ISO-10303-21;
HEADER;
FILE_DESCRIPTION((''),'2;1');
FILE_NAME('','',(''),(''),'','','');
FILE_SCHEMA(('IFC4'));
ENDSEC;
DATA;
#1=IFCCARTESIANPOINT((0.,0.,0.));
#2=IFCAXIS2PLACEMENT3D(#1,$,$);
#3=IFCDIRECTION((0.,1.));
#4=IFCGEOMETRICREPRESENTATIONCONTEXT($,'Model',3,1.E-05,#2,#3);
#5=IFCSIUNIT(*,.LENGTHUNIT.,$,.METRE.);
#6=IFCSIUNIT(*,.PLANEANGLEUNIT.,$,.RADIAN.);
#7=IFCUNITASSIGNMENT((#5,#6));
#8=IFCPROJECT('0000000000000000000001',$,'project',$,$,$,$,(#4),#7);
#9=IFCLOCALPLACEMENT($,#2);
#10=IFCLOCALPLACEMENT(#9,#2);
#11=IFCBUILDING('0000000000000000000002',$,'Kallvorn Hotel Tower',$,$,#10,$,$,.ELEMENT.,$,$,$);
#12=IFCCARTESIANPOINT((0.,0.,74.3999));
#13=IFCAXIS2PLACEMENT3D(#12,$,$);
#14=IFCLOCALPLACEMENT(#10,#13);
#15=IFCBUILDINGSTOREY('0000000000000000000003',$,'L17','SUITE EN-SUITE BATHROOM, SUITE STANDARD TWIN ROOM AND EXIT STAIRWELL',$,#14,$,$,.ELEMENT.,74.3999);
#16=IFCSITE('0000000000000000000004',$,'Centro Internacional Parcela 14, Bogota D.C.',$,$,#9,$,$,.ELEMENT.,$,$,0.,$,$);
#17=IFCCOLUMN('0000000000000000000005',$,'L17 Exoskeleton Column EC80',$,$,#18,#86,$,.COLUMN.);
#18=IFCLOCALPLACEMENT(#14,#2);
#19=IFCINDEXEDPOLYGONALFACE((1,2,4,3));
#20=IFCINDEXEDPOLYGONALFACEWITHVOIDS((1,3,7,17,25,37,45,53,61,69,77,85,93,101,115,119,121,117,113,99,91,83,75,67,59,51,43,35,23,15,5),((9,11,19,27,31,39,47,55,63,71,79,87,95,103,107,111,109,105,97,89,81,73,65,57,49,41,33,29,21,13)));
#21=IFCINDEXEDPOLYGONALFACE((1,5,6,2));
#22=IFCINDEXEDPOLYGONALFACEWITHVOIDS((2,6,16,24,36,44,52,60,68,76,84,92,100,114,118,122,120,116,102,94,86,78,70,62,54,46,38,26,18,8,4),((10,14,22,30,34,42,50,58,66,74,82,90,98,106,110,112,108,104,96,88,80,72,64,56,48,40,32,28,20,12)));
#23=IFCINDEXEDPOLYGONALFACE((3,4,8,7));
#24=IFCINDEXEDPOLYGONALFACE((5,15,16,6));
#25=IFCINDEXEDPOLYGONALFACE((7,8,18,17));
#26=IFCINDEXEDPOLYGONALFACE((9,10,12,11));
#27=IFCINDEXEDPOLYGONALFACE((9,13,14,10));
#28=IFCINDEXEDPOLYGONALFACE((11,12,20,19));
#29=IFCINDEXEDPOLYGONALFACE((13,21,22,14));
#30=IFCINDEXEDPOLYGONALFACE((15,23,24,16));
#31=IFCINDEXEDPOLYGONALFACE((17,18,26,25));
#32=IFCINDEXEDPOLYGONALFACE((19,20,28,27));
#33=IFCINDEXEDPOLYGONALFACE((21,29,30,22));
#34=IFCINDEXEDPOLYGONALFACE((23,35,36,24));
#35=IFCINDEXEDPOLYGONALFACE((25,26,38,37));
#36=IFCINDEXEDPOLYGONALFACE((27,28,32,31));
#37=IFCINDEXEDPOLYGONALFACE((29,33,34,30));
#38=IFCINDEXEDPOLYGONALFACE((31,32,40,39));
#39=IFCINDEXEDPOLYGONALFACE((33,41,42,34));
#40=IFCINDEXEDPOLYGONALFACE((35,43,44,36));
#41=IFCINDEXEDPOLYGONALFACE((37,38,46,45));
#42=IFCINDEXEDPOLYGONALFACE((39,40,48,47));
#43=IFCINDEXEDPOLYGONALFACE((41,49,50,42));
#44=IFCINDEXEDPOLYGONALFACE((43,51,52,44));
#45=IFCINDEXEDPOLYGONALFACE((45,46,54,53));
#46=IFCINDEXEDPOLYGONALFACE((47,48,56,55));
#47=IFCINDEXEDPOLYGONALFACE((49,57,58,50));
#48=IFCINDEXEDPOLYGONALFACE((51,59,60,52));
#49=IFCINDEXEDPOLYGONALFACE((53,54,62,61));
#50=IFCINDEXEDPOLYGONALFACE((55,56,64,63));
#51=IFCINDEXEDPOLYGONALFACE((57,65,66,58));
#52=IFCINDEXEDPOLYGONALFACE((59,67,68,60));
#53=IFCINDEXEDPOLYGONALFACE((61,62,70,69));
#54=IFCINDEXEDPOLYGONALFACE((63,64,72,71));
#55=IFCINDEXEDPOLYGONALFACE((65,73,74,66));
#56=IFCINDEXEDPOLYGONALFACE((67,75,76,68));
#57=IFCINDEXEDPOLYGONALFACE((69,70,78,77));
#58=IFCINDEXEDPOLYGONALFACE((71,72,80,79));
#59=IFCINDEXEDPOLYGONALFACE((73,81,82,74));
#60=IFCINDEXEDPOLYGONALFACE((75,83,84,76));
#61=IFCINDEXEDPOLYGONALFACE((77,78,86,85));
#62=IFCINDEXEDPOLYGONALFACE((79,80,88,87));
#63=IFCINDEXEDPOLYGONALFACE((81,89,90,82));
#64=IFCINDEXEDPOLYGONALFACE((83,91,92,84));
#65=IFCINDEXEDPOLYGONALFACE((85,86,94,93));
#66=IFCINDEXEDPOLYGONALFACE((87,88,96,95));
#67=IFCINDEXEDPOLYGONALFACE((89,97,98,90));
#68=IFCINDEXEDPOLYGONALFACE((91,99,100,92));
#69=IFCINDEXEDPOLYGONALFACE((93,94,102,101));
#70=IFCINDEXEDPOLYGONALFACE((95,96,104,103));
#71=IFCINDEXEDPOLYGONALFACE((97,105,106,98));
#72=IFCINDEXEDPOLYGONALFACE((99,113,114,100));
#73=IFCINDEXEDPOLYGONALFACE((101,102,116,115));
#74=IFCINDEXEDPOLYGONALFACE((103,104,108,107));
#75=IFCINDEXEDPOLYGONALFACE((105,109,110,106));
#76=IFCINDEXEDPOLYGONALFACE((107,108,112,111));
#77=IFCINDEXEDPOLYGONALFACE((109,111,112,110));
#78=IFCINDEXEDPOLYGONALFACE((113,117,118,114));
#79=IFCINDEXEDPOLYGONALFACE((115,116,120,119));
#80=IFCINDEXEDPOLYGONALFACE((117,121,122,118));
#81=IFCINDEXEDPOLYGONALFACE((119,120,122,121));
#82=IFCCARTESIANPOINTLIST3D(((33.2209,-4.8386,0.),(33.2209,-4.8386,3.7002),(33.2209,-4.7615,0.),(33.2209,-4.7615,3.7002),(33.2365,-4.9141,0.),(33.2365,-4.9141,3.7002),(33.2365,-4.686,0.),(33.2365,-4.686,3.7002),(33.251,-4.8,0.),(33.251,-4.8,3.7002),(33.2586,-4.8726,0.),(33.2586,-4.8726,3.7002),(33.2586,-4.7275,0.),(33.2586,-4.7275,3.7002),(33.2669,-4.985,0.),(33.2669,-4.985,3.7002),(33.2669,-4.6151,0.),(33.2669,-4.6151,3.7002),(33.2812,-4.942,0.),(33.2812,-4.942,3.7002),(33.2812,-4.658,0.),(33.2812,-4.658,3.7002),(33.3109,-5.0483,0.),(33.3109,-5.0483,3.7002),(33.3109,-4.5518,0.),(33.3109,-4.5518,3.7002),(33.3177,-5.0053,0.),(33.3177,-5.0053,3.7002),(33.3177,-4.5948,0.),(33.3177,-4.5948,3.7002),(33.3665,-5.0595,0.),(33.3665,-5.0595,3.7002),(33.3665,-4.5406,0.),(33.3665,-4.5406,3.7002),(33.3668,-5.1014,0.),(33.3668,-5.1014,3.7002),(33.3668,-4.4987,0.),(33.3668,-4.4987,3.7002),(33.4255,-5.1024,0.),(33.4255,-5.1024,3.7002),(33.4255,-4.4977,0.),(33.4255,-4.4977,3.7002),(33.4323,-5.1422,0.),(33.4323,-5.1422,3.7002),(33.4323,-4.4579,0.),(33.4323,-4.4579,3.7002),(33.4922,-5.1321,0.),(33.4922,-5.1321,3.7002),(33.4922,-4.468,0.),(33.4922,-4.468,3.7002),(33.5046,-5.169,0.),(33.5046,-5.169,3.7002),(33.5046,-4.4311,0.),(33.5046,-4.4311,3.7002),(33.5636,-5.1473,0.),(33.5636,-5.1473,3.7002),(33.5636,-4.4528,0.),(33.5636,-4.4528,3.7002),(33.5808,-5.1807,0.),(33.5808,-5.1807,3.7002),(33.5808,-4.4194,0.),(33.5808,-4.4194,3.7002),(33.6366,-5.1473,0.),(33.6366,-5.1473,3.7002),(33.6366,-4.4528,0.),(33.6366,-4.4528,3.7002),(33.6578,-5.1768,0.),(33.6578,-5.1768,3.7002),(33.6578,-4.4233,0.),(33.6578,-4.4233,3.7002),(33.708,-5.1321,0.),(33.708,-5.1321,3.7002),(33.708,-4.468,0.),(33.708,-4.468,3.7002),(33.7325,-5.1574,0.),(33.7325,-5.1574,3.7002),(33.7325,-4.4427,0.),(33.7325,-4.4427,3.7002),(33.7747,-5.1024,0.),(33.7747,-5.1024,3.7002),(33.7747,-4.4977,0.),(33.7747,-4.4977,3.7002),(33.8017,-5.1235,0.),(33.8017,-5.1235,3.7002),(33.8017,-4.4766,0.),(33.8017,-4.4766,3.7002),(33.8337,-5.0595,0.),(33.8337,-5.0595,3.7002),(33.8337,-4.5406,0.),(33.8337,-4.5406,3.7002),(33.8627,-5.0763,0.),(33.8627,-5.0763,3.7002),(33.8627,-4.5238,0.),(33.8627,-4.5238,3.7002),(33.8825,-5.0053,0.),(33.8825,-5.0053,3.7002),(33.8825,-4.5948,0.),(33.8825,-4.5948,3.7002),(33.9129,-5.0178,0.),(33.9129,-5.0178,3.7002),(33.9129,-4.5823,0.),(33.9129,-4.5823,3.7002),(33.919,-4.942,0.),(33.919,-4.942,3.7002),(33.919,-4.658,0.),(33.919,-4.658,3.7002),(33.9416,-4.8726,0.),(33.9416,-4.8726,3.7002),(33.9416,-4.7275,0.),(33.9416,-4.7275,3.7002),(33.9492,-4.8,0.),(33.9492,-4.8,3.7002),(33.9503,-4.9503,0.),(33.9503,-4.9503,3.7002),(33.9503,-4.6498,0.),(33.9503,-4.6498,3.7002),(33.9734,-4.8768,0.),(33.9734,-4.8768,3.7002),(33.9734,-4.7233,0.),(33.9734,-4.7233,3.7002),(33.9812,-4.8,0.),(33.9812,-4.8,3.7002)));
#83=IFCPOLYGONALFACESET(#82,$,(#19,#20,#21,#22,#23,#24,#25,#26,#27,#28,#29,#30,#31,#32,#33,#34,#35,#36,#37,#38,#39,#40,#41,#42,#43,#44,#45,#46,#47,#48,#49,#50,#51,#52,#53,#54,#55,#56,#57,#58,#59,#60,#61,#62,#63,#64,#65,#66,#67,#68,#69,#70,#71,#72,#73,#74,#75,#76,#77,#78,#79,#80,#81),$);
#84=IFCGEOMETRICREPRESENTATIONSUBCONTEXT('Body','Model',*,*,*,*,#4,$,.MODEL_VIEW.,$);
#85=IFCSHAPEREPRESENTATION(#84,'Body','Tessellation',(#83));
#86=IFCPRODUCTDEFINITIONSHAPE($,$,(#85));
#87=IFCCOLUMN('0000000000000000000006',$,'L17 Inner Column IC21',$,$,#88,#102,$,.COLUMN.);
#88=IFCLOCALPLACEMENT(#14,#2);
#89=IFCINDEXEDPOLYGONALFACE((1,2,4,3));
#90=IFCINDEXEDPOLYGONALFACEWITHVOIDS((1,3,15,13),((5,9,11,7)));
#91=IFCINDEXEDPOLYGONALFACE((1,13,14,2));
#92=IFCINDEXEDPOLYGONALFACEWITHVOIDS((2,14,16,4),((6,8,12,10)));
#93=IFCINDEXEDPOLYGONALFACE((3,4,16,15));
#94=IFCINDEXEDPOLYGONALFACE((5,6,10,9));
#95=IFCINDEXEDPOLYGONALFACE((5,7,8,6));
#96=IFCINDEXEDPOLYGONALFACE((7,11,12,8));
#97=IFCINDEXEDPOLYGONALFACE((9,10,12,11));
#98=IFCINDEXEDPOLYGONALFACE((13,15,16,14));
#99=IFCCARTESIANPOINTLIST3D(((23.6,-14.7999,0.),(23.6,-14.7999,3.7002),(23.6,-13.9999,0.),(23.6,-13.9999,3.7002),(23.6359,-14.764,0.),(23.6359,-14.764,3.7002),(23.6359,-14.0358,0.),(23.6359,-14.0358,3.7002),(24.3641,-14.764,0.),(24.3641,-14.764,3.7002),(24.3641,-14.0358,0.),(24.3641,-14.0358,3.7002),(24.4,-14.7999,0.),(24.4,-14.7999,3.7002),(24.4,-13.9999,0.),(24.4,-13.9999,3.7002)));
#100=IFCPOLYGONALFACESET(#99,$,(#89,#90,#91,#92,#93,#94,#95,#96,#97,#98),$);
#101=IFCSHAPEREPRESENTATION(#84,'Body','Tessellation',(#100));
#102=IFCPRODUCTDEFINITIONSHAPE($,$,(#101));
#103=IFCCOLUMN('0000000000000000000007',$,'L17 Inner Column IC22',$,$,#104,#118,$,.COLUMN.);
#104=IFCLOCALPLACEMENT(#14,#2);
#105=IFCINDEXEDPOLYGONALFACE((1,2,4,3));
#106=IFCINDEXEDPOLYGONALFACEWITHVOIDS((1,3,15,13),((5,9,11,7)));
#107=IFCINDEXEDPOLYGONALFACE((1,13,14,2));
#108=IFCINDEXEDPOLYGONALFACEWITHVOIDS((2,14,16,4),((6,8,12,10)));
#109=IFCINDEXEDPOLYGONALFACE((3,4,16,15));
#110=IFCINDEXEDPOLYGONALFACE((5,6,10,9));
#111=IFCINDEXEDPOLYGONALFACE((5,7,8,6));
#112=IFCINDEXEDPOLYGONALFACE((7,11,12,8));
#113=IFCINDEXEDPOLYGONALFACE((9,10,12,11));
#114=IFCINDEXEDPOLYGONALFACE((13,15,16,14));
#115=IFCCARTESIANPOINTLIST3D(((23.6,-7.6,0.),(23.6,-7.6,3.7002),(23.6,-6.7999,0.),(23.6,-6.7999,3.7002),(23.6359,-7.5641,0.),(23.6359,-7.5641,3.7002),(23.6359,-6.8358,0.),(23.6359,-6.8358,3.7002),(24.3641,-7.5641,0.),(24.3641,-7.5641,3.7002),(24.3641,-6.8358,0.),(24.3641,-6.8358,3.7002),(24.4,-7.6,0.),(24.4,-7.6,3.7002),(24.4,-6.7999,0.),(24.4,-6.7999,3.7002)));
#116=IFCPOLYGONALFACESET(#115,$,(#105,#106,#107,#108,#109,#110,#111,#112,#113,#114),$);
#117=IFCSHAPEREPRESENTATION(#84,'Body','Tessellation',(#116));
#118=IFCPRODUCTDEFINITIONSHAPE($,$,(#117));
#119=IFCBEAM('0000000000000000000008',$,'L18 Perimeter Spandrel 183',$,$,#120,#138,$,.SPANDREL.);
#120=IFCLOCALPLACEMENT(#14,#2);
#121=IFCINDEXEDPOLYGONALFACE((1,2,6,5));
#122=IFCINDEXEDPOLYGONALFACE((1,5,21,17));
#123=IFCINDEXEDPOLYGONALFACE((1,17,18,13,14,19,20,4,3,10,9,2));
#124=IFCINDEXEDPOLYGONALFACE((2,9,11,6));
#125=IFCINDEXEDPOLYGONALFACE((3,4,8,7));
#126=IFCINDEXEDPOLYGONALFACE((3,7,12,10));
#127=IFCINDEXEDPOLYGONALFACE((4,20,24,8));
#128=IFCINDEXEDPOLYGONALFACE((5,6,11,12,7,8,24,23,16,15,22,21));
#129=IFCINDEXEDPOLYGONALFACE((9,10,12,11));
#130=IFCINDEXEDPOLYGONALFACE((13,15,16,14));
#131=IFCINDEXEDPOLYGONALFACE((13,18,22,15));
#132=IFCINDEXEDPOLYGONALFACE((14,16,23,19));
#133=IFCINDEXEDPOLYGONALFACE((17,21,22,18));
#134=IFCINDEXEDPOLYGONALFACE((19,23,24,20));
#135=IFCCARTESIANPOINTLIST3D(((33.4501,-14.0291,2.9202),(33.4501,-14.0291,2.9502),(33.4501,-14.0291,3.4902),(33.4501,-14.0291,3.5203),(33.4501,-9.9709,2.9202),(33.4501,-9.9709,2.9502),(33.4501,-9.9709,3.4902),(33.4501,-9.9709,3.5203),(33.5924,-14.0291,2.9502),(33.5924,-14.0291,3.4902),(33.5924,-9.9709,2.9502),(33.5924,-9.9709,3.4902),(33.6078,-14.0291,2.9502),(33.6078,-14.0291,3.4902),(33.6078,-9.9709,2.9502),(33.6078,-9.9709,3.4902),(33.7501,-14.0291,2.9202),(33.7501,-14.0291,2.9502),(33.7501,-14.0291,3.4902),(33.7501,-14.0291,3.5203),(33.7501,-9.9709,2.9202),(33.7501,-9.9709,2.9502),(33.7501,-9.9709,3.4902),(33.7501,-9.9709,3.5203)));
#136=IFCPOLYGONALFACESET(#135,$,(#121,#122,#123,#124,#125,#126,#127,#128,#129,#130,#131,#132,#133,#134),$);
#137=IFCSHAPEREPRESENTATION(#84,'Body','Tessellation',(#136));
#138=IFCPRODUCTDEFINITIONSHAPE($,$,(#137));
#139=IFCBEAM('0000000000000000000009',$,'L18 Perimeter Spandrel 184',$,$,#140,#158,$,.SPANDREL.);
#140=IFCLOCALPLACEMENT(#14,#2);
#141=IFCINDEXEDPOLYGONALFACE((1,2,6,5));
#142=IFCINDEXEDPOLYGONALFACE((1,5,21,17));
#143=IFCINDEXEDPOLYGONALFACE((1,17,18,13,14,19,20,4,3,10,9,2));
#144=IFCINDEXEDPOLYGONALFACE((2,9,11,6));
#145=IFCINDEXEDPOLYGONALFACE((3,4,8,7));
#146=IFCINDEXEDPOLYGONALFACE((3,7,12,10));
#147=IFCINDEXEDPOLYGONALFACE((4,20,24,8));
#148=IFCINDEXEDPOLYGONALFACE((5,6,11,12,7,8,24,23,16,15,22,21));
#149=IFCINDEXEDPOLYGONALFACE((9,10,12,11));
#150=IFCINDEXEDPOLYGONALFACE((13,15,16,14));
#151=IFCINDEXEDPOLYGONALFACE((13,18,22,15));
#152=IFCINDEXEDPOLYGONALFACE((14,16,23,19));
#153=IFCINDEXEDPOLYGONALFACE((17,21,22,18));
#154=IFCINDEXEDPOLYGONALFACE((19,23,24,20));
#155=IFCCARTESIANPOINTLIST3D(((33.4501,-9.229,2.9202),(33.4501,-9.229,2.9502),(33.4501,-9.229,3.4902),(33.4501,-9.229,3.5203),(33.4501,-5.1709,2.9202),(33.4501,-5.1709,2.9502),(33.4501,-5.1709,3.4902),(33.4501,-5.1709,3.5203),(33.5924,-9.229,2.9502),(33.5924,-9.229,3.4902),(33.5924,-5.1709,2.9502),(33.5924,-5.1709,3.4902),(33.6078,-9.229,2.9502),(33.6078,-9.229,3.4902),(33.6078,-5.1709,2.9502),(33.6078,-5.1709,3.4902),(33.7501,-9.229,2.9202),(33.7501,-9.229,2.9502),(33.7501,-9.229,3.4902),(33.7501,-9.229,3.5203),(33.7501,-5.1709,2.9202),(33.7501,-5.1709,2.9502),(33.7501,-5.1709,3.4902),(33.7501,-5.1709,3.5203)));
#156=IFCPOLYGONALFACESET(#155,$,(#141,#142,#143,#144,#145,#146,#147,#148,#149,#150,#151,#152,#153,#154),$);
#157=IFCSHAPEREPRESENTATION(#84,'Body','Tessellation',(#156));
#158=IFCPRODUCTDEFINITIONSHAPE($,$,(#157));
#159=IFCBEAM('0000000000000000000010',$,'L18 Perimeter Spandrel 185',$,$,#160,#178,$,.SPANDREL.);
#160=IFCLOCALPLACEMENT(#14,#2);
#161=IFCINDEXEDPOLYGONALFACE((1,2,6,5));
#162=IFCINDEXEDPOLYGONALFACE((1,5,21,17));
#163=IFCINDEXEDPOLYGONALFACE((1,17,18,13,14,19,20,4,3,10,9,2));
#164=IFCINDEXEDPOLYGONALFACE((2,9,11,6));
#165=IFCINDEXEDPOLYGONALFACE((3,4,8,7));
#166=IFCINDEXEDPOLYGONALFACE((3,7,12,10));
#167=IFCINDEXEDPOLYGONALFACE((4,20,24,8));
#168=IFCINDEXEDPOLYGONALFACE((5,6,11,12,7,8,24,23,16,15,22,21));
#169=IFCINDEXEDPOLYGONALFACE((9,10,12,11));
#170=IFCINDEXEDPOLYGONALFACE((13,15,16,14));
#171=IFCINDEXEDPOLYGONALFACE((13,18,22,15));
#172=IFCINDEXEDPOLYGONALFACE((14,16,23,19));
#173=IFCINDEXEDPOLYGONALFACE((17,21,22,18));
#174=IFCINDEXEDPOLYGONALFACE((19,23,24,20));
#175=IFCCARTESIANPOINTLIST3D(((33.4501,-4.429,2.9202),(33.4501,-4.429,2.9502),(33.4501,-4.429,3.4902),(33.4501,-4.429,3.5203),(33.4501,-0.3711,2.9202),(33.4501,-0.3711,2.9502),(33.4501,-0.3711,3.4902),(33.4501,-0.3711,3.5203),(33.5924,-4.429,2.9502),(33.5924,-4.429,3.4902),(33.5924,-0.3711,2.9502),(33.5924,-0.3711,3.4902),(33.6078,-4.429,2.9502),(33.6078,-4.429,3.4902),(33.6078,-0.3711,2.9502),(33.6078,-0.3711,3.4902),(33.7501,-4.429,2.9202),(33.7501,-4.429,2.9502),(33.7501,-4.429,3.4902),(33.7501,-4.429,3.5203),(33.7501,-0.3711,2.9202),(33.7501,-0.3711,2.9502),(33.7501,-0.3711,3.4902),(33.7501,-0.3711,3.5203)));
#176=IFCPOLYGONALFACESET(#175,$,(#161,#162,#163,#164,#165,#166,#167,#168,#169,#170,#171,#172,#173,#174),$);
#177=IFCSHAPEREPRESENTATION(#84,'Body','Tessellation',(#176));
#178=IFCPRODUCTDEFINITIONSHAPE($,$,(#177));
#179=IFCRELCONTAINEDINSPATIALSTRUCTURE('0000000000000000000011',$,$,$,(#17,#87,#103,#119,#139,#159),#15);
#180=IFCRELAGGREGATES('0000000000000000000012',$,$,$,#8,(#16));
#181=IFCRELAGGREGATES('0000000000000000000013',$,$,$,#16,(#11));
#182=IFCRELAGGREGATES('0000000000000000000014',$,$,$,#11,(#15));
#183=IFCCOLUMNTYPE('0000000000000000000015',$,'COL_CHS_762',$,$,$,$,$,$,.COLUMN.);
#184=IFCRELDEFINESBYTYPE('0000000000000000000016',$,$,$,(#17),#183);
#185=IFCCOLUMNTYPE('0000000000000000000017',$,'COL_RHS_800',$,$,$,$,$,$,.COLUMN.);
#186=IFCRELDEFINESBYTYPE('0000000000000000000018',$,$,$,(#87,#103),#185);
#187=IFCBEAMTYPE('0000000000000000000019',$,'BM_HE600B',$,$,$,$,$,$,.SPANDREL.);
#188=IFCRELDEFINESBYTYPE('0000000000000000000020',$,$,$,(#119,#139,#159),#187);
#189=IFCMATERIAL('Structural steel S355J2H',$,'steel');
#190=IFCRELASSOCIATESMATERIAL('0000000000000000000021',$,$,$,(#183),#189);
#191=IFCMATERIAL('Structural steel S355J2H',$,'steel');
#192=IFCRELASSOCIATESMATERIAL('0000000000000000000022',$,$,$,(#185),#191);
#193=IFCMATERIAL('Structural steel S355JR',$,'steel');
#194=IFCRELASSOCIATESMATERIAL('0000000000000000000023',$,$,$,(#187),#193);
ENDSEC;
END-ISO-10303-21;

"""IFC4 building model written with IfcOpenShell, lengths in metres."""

from ifc_helpers import new_model, si_unit, direction, frame, origin, origin_2d, place, context, subcontext, project, spatial, hollow_rectangle, hollow_circle, i_section, extrude, material, material_profile, profile_set, type_object, element, save


model = new_model("IFC4")

# Units and contexts
model_context = context("Model", 3, precision=1e-05, world=origin(), true_north=direction((0.0, 1.0)))
body_context = subcontext(model_context, "Body", "Model", "MODEL_VIEW")
ifc_project = project(units=[si_unit("LENGTHUNIT", "METRE"), si_unit("PLANEANGLEUNIT", "RADIAN")], contexts=[model_context])

# Site, building, storey
site_placement = place(None, origin())
site = spatial("IfcSite", under=ifc_project, at=site_placement, Name="Centro Internacional Parcela 14, Bogota D.C.", CompositionType="ELEMENT", RefElevation=0.0)
building_placement = place(site_placement, origin())
building = spatial("IfcBuilding", under=site, at=building_placement, Name="Kallvorn Hotel Tower", CompositionType="ELEMENT")
storey_placement = place(building_placement, frame((0.0, 0.0, 74.3999)))
storey = spatial("IfcBuildingStorey", under=building, at=storey_placement, Name="L17", Description="SUITE EN-SUITE BATHROOM, SUITE STANDARD TWIN ROOM AND EXIT STAIRWELL", CompositionType="ELEMENT", Elevation=74.3999)

# Columns
ifc_material_1 = material(Name="Structural steel S355J2H", Category="steel")
ifc_material_profile_1 = material_profile(ifc_material_1, hollow_circle(Radius=0.3811, WallThickness=0.032, at=origin_2d()), Name="CHS 762x32")
ifc_profile_set_1 = profile_set([ifc_material_profile_1], Name="Structural steel S355J2H")
column_type_1 = type_object("IfcColumnType", Name="COL_CHS_762", PredefinedType="COLUMN", material=ifc_profile_set_1)
for number, where, z_axis, x_axis, name in (
    (1, (33.6001, -4.8, 0.0), (0.0, 0.0, 1.0), (1.0, 0.0, 0.0), "L17 Exoskeleton Column EC80"),
):
    element("IfcColumn", number, at=place(storey_placement, frame(where, z_axis=z_axis, x_axis=x_axis)), inside=storey, type_object=column_type_1, Name=name, PredefinedType="COLUMN", context=body_context, shape_type="SweptSolid", body=[
        extrude(hollow_circle(Radius=0.3811, WallThickness=0.032, at=origin_2d()), origin(), (0.0, 0.0, 1.0), 3.7002),
    ])
ifc_material_2 = material(Name="Structural steel S355J2H", Category="steel")
ifc_material_profile_2 = material_profile(ifc_material_2, hollow_rectangle(XDim=0.8, YDim=0.8, WallThickness=0.0359, at=origin_2d()), Name="RHS 800x800x36")
ifc_profile_set_2 = profile_set([ifc_material_profile_2], Name="Structural steel S355J2H")
column_type_2 = type_object("IfcColumnType", Name="COL_RHS_800", PredefinedType="COLUMN", material=ifc_profile_set_2)
for number, where, z_axis, x_axis, name in (
    (2, (24.0, -14.3999, 0.0), (0.0, 0.0, 1.0), (1.0, 0.0, 0.0), "L17 Inner Column IC21"),
    (3, (24.0, -7.2, 0.0), (0.0, 0.0, 1.0), (1.0, 0.0, 0.0), "L17 Inner Column IC22"),
):
    element("IfcColumn", number, at=place(storey_placement, frame(where, z_axis=z_axis, x_axis=x_axis)), inside=storey, type_object=column_type_2, Name=name, PredefinedType="COLUMN", context=body_context, shape_type="SweptSolid", body=[
        extrude(hollow_rectangle(XDim=0.8, YDim=0.8, WallThickness=0.0359, at=origin_2d()), origin(), (0.0, 0.0, 1.0), 3.7002),
    ])

# Beams
ifc_material_3 = material(Name="Structural steel S355JR", Category="steel")
ifc_material_profile_3 = material_profile(ifc_material_3, i_section(OverallWidth=0.3, OverallDepth=0.6001, WebThickness=0.0154, FlangeThickness=0.03, at=origin_2d()), Name="HE 600 B")
ifc_profile_set_3 = profile_set([ifc_material_profile_3], Name="Structural steel S355JR")
beam_type_1 = type_object("IfcBeamType", Name="BM_HE600B", PredefinedType="SPANDREL", material=ifc_profile_set_3)
for number, where, z_axis, x_axis, name in (
    (4, (33.6001, -14.0291, 3.2202), (0.0, 1.0, 0.0), (-1.0, 0.0, 0.0), "L18 Perimeter Spandrel 183"),
    (5, (33.6001, -9.229, 3.2202), (0.0, 1.0, 0.0), (-1.0, 0.0, 0.0), "L18 Perimeter Spandrel 184"),
):
    element("IfcBeam", number, at=place(storey_placement, frame(where, z_axis=z_axis, x_axis=x_axis)), inside=storey, type_object=beam_type_1, Name=name, PredefinedType="SPANDREL", context=body_context, shape_type="SweptSolid", body=[
        extrude(i_section(OverallWidth=0.3, OverallDepth=0.6001, WebThickness=0.0154, FlangeThickness=0.03, at=origin_2d()), origin(), (0.0, 0.0, 1.0), 4.0581),
    ])
beam_1_placement = place(storey_placement, frame((33.6001, -4.429, 3.2202), z_axis=(0.0, 1.0, 0.0), x_axis=(-1.0, 0.0, 0.0)))
element("IfcBeam", 6, at=beam_1_placement, inside=storey, type_object=beam_type_1, Name="L18 Perimeter Spandrel 185", PredefinedType="SPANDREL", context=body_context, shape_type="SweptSolid", body=[
    extrude(i_section(OverallWidth=0.3, OverallDepth=0.6001, WebThickness=0.0154, FlangeThickness=0.03, at=origin_2d()), origin(), (0.0, 0.0, 1.0), 4.0579),
])

save(model, "model.ifc")
